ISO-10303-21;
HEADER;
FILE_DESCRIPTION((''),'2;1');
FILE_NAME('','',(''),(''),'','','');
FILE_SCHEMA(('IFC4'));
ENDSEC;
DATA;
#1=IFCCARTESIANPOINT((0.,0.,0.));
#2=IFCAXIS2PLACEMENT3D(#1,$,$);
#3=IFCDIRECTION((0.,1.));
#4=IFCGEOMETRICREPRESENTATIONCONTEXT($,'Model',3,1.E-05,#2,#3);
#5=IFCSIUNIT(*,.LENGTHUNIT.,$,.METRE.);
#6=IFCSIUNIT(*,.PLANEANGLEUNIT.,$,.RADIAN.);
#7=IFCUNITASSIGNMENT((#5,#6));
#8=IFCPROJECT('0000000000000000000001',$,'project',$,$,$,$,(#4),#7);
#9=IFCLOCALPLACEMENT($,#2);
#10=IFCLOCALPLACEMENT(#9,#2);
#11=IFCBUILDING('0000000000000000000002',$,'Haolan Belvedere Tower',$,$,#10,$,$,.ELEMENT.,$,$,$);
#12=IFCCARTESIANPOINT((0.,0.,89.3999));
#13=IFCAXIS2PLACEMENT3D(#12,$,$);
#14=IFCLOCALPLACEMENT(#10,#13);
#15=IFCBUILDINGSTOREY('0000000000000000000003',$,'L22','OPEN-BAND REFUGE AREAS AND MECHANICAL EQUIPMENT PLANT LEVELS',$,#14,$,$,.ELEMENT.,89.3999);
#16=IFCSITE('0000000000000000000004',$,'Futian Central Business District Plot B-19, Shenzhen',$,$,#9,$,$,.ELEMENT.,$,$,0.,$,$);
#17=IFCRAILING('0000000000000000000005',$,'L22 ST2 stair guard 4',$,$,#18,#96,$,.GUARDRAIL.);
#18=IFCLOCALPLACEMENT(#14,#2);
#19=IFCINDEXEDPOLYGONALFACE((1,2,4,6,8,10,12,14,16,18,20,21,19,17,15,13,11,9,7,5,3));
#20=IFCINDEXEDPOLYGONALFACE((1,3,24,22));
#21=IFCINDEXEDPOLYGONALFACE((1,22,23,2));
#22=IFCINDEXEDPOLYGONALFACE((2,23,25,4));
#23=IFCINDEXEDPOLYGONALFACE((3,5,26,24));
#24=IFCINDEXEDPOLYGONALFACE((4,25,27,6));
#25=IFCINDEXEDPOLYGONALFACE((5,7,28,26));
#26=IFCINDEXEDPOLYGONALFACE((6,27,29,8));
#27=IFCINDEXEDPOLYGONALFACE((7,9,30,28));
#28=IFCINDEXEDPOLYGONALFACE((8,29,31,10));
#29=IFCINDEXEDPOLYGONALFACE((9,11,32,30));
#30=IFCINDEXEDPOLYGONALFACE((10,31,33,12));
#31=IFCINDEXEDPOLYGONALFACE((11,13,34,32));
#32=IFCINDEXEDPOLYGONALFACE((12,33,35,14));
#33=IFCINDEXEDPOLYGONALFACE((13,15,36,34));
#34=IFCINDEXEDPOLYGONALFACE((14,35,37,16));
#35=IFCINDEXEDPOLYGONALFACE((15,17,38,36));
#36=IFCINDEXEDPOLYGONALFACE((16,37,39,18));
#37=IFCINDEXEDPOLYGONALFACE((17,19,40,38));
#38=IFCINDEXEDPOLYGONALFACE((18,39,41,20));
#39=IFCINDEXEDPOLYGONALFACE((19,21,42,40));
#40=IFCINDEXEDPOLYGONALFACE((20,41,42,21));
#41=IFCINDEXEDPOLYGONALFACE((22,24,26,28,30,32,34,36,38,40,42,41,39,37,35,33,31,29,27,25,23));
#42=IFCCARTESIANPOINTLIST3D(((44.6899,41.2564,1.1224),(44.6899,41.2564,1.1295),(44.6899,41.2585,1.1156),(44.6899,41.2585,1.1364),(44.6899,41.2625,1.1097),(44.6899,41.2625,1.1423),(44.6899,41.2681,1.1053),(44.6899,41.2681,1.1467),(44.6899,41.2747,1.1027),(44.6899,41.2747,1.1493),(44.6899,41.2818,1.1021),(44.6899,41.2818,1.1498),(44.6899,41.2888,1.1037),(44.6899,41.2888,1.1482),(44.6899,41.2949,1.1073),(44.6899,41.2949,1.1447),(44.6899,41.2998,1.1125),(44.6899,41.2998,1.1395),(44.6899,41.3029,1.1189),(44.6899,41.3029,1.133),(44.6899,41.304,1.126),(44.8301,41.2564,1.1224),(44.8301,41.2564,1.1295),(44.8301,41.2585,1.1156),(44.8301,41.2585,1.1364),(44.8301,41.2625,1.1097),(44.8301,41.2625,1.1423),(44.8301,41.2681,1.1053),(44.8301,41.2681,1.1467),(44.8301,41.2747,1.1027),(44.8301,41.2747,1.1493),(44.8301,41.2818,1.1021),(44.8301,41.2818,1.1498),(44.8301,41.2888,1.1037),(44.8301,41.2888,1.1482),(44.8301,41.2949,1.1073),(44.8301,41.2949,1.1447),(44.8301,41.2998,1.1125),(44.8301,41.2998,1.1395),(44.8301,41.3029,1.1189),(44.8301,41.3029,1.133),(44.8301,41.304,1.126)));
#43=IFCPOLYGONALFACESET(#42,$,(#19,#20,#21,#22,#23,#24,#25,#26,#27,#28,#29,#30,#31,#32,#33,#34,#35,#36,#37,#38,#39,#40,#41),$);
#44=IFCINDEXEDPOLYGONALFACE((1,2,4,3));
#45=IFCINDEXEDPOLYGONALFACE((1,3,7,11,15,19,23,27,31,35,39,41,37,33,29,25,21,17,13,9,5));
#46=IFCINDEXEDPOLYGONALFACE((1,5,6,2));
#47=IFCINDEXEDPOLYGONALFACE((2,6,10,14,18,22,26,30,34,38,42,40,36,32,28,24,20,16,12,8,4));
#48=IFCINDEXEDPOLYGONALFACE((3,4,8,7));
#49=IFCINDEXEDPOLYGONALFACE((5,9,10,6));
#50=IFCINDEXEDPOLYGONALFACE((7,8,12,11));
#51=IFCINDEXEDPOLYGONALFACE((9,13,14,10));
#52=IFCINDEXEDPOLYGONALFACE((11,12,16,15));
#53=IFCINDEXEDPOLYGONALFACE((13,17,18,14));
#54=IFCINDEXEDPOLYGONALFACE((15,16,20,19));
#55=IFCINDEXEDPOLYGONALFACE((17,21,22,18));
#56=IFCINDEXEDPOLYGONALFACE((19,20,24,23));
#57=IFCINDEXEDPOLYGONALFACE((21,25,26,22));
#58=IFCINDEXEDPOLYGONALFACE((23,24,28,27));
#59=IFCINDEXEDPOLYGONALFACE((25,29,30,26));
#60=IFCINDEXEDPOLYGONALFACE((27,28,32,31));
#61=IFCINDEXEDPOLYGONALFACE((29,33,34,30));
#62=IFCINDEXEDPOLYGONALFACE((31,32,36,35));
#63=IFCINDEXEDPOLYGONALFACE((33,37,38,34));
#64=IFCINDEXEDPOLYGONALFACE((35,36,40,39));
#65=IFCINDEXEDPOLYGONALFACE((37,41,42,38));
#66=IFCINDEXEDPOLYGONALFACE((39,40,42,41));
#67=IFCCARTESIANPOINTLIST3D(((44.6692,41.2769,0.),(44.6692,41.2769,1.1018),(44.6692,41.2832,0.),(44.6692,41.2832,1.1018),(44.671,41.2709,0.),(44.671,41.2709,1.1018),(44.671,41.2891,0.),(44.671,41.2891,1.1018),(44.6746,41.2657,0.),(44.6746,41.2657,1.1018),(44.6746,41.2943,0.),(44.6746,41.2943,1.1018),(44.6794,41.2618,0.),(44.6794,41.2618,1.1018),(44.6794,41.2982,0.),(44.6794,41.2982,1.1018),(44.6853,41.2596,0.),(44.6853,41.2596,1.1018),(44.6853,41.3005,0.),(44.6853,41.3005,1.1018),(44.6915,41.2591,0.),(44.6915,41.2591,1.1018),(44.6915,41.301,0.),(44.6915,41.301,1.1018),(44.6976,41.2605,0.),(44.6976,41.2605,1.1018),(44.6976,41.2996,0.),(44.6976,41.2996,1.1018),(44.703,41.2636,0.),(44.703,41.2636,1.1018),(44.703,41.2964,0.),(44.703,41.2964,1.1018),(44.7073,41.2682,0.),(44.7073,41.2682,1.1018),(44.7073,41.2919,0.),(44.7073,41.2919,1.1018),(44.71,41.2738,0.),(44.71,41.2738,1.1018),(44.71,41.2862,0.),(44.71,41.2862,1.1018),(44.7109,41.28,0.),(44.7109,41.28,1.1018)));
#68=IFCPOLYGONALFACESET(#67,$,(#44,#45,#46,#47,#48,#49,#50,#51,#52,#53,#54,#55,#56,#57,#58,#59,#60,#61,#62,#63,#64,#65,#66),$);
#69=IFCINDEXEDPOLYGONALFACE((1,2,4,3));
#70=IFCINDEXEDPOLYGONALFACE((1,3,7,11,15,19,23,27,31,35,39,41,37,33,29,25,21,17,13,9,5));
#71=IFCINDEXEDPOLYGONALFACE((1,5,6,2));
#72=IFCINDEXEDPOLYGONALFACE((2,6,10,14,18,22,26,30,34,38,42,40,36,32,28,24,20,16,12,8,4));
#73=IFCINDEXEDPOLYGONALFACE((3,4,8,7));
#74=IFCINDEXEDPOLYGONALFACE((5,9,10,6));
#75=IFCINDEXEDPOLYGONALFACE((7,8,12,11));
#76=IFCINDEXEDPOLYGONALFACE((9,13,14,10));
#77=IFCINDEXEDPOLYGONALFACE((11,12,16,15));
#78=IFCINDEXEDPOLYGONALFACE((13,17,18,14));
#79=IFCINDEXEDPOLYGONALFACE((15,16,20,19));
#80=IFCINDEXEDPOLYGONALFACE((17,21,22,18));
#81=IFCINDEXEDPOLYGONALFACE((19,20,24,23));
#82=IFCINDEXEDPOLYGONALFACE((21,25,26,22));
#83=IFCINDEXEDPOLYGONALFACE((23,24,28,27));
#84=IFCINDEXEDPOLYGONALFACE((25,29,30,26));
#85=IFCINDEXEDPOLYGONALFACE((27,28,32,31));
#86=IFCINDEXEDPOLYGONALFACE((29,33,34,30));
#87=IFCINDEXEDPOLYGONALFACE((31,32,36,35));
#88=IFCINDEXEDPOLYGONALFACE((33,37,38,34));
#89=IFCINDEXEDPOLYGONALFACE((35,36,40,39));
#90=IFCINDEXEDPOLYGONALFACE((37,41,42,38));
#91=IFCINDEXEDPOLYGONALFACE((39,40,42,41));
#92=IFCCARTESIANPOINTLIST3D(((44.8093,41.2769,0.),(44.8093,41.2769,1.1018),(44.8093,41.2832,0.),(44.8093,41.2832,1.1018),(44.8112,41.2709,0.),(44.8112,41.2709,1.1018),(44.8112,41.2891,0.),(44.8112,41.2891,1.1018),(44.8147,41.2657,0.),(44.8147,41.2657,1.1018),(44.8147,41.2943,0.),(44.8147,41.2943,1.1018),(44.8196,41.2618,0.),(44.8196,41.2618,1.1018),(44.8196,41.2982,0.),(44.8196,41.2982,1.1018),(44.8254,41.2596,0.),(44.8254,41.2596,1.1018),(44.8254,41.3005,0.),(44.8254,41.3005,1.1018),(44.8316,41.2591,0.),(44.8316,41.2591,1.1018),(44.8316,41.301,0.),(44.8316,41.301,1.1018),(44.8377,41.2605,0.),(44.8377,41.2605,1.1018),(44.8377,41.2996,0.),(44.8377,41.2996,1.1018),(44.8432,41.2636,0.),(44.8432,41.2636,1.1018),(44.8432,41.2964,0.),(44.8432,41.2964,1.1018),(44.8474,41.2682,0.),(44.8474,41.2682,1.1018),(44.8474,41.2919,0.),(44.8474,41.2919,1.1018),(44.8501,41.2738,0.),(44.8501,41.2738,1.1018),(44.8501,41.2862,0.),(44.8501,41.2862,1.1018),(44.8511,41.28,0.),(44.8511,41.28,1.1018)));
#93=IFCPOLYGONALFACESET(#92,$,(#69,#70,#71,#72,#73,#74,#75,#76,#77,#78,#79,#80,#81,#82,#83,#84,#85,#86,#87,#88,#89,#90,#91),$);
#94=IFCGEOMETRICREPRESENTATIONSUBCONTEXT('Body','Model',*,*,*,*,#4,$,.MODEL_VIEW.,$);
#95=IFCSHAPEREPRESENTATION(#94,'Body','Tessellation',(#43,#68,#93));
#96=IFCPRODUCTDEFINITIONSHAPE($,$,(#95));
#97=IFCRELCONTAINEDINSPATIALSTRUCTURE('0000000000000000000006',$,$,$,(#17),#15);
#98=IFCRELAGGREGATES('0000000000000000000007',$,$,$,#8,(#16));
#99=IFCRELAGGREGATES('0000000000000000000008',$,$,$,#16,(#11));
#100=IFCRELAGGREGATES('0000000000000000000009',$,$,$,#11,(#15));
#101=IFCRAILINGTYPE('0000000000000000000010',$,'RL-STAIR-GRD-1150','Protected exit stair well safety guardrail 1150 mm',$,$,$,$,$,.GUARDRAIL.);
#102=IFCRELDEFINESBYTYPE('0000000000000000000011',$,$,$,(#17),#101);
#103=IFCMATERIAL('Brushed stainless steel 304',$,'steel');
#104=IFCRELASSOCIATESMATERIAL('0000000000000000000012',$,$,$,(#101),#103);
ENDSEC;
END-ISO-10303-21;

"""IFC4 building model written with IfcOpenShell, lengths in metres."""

from ifc_helpers import new_model, si_unit, direction, frame, origin, origin_2d, place, context, subcontext, project, spatial, circle, extrude, material, type_object, element, save


model = new_model("IFC4")

# Units and contexts
model_context = context("Model", 3, precision=1e-05, world=origin(), true_north=direction((0.0, 1.0)))
body_context = subcontext(model_context, "Body", "Model", "MODEL_VIEW")
ifc_project = project(units=[si_unit("LENGTHUNIT", "METRE"), si_unit("PLANEANGLEUNIT", "RADIAN")], contexts=[model_context])

# Site, building, storey
site_placement = place(None, origin())
site = spatial("IfcSite", under=ifc_project, at=site_placement, Name="Futian Central Business District Plot B-19, Shenzhen", CompositionType="ELEMENT", RefElevation=0.0)
building_placement = place(site_placement, origin())
building = spatial("IfcBuilding", under=site, at=building_placement, Name="Haolan Belvedere Tower", CompositionType="ELEMENT")
storey_placement = place(building_placement, frame((0.0, 0.0, 89.3999)))
storey = spatial("IfcBuildingStorey", under=building, at=storey_placement, Name="L22", Description="OPEN-BAND REFUGE AREAS AND MECHANICAL EQUIPMENT PLANT LEVELS", CompositionType="ELEMENT", Elevation=89.3999)

# Railing
ifc_material_1 = material(Name="Brushed stainless steel 304", Category="steel")
railing_type_1 = type_object("IfcRailingType", Name="RL-STAIR-GRD-1150", Description="Protected exit stair well safety guardrail 1150 mm", PredefinedType="GUARDRAIL", material=ifc_material_1)
railing_1_placement = place(storey_placement, frame((44.6899, 41.28, 0.0)))
element("IfcRailing", 1, at=railing_1_placement, inside=storey, type_object=railing_type_1, Name="L22 ST2 stair guard 4", PredefinedType="GUARDRAIL", context=body_context, shape_type="SweptSolid", body=[
    extrude(circle(Radius=0.0239, at=origin_2d()), frame((0.0, 0.0, 1.126), z_axis=(1.0, 0.0, 0.0), x_axis=(0.0, 1.0, 0.0)), (0.0, 0.0, 1.0), 0.1401),
    extrude(circle(Radius=0.021, at=origin_2d()), origin(), (0.0, 0.0, 1.0), 1.1018),
    extrude(circle(Radius=0.021, at=origin_2d()), frame((0.1401, 0.0, 0.0)), (0.0, 0.0, 1.0), 1.1018),
])

save(model, "model.ifc")
